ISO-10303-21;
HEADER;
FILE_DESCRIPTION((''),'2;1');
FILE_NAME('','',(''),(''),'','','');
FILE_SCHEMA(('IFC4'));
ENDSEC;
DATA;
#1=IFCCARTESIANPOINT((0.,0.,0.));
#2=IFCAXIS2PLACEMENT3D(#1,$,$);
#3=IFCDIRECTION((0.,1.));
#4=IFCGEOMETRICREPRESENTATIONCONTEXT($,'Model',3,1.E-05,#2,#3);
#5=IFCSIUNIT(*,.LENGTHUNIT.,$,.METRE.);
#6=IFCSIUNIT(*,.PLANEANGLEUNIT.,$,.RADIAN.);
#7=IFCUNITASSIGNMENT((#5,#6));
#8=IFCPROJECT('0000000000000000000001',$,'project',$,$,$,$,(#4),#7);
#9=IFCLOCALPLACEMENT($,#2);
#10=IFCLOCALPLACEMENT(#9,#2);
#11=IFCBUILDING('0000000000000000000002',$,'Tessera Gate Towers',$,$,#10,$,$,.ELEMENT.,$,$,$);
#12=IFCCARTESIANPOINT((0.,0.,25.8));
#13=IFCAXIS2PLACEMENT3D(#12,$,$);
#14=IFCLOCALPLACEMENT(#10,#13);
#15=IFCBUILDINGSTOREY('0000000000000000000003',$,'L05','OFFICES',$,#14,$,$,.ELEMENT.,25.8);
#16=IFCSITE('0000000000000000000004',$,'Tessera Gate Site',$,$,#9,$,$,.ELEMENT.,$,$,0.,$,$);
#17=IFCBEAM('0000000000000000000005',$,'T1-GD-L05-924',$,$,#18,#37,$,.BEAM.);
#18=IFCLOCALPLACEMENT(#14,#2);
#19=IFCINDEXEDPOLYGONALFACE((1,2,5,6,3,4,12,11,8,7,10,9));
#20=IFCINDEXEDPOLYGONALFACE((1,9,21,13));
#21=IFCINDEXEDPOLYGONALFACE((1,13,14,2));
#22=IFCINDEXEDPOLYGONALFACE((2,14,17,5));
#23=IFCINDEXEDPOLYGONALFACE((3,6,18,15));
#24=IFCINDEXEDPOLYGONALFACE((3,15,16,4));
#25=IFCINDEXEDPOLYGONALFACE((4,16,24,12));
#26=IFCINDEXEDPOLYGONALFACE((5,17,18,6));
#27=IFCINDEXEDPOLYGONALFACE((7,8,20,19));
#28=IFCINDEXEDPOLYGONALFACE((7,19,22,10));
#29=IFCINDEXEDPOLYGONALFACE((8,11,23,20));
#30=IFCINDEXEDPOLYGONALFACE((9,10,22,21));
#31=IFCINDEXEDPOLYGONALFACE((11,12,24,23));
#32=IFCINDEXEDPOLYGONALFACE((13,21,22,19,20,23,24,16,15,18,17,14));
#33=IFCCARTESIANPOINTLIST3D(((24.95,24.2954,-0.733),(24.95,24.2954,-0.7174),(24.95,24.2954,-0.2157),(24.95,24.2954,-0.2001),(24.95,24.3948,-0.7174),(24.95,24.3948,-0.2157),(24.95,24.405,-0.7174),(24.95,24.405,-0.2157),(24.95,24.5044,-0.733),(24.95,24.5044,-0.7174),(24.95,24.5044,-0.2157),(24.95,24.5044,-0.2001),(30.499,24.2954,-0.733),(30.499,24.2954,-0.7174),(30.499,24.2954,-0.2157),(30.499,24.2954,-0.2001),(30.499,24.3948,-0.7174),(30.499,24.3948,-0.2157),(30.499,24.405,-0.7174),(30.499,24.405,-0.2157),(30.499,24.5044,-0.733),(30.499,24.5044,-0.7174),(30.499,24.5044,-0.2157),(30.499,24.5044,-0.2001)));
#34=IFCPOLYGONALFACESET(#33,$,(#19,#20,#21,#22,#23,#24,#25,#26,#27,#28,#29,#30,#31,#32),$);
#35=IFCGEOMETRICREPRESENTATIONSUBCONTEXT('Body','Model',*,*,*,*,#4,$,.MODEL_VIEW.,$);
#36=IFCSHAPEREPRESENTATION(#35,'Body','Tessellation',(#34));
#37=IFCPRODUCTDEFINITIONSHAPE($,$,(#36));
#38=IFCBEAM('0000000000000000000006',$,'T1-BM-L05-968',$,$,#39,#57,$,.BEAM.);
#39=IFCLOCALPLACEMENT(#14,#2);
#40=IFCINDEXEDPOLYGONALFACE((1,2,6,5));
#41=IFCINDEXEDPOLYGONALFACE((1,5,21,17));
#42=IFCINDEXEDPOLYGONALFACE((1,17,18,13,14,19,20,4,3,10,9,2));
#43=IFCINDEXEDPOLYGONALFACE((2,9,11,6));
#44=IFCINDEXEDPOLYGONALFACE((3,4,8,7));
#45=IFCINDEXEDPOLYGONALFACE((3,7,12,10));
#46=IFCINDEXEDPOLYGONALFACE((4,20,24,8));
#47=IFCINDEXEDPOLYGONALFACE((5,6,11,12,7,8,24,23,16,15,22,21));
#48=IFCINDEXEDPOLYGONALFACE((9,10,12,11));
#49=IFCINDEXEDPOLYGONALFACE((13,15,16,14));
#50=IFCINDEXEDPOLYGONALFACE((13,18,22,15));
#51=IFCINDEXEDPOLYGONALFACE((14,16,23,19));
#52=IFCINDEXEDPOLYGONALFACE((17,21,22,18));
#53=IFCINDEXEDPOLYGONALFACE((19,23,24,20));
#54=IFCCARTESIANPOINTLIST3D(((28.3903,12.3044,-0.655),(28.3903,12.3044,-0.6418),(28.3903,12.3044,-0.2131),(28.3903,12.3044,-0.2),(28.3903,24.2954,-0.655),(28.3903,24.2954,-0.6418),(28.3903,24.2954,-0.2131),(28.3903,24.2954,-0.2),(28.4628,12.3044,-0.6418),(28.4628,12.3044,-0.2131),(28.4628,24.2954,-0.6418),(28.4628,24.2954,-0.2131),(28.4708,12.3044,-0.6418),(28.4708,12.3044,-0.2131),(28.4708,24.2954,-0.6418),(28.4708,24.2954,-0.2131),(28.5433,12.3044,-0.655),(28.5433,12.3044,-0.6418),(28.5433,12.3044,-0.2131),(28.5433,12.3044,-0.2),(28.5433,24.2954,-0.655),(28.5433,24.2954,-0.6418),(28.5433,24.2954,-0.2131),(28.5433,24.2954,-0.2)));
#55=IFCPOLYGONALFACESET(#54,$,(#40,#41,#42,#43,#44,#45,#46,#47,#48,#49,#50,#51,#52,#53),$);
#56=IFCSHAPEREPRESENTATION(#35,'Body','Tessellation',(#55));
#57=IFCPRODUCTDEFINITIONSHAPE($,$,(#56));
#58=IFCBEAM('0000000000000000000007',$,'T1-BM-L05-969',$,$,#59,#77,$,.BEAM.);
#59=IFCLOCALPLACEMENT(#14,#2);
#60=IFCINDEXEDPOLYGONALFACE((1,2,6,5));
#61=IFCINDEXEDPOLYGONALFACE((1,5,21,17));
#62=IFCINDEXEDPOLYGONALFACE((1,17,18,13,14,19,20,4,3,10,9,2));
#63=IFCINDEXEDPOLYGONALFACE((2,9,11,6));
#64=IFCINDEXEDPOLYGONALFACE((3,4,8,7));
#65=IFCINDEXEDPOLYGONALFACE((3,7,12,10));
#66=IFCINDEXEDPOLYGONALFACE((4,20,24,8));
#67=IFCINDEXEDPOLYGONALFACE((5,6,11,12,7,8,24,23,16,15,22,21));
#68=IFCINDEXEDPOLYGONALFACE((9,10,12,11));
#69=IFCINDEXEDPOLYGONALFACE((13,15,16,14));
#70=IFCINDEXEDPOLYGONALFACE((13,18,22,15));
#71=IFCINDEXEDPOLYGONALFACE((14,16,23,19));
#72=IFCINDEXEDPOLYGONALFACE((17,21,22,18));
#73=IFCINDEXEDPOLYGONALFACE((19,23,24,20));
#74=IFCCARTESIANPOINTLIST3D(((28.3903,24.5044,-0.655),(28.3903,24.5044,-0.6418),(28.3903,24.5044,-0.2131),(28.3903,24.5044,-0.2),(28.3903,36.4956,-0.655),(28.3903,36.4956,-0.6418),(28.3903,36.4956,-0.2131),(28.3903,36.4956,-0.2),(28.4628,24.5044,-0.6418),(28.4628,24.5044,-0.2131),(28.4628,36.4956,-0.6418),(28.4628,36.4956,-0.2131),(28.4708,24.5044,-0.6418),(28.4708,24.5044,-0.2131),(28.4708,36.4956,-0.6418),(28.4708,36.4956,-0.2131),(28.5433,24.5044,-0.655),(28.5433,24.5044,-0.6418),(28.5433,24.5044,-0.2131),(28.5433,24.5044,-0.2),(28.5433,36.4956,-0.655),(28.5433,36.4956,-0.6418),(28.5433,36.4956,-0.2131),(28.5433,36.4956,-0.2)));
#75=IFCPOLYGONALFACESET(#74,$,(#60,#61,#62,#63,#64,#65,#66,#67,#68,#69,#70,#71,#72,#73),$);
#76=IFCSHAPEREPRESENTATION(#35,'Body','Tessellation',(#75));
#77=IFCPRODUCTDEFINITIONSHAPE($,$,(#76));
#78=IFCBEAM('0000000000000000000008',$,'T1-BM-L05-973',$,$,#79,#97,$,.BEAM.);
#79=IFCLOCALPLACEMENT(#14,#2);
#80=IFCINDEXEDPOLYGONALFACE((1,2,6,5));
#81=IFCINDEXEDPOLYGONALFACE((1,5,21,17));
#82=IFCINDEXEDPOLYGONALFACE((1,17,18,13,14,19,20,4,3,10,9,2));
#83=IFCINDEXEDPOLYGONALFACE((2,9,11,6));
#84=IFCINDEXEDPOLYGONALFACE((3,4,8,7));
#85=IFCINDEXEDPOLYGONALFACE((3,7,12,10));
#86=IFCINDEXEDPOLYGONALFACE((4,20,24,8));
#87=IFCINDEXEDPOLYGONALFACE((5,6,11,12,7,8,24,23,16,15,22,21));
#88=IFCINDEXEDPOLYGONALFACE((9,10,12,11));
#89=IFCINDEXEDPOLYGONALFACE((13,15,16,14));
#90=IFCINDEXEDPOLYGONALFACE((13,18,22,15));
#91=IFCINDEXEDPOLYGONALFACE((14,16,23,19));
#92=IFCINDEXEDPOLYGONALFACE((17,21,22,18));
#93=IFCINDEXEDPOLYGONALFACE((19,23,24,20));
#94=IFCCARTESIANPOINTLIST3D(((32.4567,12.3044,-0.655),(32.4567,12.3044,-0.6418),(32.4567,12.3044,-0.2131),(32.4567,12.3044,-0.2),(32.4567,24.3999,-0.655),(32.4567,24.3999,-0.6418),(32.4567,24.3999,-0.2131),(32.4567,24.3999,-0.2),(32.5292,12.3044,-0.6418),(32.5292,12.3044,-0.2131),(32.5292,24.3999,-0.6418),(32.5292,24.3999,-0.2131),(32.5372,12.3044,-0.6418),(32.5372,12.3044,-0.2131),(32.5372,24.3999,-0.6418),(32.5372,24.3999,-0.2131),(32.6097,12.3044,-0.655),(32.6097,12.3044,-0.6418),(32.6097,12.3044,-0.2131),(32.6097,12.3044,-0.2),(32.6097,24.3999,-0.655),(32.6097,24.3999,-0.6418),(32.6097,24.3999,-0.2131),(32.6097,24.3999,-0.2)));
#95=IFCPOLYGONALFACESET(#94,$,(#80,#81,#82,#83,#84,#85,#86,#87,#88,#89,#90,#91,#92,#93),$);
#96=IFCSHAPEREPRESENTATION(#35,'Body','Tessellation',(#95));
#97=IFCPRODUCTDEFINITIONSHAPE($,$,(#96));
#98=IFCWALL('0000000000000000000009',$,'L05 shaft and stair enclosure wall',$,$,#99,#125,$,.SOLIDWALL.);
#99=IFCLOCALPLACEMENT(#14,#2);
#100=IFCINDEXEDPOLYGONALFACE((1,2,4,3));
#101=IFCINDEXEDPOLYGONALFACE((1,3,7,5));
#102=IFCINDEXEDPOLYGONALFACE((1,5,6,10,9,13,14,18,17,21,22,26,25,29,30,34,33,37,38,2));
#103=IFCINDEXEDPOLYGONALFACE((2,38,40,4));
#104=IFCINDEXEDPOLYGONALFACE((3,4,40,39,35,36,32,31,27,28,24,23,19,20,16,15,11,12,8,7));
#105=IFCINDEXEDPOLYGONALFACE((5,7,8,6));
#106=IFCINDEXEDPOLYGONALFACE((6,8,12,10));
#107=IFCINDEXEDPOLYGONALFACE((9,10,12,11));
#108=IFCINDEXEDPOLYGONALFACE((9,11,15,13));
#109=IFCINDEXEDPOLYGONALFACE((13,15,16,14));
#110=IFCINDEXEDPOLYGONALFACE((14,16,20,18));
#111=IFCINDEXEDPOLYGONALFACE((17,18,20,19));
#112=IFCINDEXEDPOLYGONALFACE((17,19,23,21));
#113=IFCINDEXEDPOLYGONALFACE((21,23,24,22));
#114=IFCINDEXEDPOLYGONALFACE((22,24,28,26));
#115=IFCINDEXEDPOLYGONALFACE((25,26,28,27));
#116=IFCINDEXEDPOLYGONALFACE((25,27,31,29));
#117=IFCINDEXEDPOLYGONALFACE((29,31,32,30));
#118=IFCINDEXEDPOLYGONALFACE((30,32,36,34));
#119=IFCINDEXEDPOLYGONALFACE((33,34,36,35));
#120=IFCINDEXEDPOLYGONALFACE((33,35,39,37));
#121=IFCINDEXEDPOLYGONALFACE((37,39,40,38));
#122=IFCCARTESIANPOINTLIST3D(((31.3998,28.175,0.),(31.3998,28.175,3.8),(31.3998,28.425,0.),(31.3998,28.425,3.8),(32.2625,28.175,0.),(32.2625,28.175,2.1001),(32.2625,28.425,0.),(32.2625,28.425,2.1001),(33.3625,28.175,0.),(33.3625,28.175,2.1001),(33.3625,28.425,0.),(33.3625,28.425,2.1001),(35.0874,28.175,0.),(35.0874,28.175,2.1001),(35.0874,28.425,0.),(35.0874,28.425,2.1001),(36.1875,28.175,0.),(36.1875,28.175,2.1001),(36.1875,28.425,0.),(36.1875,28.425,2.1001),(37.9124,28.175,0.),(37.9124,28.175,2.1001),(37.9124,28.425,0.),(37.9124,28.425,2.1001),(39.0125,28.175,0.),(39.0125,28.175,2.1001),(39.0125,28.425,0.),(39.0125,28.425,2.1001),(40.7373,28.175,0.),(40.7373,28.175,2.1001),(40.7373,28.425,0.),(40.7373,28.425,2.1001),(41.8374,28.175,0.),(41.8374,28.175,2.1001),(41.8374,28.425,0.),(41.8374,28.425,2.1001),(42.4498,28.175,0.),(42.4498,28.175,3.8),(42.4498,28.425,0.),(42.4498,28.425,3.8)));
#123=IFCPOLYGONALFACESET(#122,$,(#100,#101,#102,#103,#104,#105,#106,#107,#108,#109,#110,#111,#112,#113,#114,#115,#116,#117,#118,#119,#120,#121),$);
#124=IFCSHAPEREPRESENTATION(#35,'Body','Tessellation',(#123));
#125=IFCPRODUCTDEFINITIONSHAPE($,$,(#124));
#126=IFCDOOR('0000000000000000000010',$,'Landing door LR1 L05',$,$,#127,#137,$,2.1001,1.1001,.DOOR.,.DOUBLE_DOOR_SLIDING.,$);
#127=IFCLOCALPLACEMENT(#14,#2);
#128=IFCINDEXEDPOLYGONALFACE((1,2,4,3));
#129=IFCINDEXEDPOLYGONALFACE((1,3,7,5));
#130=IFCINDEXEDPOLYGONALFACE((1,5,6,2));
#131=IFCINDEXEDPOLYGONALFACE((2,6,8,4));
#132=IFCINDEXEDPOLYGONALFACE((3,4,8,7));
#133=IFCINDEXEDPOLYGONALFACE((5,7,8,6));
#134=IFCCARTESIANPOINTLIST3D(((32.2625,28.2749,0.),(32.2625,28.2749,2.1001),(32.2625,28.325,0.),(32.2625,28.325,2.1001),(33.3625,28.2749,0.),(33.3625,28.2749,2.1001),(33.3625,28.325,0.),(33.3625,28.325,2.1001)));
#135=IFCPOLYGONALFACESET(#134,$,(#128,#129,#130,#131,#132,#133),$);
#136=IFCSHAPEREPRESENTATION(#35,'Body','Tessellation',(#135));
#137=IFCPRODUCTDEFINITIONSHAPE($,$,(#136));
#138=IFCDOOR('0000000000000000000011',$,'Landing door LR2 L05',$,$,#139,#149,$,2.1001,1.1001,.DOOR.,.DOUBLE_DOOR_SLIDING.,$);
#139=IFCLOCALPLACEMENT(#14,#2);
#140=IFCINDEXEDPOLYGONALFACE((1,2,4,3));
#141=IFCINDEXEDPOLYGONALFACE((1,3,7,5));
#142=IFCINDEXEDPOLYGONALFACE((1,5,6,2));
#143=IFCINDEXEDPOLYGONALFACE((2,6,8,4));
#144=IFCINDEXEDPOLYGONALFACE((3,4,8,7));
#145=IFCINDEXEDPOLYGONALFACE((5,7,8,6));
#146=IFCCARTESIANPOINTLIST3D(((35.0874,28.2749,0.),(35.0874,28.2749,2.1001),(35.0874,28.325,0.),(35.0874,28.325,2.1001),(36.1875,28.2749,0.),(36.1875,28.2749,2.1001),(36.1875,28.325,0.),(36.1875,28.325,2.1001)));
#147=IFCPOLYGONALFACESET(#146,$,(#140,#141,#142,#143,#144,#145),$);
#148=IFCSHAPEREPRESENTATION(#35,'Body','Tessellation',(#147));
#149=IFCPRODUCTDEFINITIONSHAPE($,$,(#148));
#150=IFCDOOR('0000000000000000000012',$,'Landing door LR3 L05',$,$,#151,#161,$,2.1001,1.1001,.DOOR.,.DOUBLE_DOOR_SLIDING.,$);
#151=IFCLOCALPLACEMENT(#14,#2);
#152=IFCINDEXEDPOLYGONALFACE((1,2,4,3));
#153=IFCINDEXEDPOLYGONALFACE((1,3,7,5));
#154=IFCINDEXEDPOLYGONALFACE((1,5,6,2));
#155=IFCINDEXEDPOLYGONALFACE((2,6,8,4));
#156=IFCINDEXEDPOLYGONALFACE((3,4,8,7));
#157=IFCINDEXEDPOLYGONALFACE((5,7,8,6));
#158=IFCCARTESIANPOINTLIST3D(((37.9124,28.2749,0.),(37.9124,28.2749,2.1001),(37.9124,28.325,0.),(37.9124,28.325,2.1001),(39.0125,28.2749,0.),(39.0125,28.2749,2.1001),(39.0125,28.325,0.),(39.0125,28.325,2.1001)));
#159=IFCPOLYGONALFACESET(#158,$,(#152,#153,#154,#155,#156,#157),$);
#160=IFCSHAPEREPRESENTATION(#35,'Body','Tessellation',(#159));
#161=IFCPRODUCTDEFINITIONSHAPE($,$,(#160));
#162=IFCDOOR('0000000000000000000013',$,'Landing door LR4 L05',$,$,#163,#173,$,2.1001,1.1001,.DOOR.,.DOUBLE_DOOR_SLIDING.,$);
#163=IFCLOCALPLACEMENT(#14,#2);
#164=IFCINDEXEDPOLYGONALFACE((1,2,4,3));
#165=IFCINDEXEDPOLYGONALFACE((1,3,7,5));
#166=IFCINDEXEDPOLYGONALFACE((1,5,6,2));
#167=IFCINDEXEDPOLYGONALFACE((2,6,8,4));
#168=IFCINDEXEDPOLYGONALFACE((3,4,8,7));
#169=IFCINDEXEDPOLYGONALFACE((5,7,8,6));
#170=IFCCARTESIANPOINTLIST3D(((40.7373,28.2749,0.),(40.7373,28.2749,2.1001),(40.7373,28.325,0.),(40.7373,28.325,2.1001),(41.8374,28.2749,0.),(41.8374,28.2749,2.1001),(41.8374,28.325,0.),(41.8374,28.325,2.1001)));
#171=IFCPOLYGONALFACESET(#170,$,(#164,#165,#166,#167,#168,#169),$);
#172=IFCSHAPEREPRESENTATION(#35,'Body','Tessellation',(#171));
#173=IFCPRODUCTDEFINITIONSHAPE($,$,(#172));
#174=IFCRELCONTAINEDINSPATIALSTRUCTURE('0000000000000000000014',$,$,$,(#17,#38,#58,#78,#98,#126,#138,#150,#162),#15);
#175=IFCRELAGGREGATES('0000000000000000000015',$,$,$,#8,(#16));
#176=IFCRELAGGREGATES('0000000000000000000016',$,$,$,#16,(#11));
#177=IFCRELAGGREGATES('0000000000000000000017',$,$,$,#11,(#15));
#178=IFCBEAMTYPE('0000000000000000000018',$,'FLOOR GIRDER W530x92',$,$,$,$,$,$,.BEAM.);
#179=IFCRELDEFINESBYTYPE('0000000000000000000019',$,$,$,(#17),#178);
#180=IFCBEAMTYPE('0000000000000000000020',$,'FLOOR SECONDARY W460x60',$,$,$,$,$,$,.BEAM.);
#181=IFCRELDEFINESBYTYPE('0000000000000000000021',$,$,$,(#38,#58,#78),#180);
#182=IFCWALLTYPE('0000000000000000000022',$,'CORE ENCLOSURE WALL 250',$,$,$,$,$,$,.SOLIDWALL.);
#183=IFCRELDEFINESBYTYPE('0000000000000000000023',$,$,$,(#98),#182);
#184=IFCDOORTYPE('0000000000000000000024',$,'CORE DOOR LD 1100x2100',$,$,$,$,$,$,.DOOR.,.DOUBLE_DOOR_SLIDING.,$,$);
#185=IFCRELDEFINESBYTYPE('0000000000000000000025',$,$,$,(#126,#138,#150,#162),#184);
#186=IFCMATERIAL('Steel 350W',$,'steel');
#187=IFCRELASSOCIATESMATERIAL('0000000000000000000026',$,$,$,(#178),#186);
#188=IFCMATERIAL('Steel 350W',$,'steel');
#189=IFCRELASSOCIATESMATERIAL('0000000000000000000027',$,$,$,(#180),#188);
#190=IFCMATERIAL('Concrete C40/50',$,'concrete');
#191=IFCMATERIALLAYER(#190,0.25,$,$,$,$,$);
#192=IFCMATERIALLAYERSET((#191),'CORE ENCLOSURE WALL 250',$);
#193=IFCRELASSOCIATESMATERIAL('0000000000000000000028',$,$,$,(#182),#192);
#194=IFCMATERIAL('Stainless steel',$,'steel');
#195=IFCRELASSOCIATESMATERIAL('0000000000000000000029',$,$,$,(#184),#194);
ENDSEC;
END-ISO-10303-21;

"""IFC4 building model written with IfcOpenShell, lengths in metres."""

from ifc_helpers import new_model, si_unit, direction, frame, frame_2d, origin, origin_2d, place, context, subcontext, project, spatial, rectangle, i_section, extrude, source, transform, mapped, material, layer, layer_set, material_profile, profile_set, type_object, element, fill, save


model = new_model("IFC4")

# Units and contexts
model_context = context("Model", 3, precision=1e-05, world=origin(), true_north=direction((0.0, 1.0)))
body_context = subcontext(model_context, "Body", "Model", "MODEL_VIEW")
ifc_project = project(units=[si_unit("LENGTHUNIT", "METRE"), si_unit("PLANEANGLEUNIT", "RADIAN")], contexts=[model_context])

# Site, building, storey
site_placement = place(None, origin())
site = spatial("IfcSite", under=ifc_project, at=site_placement, Name="Tessera Gate Site", CompositionType="ELEMENT", RefElevation=0.0)
building_placement = place(site_placement, origin())
building = spatial("IfcBuilding", under=site, at=building_placement, Name="Tessera Gate Towers", CompositionType="ELEMENT")
storey_placement = place(building_placement, frame((0.0, 0.0, 25.8)))
storey = spatial("IfcBuildingStorey", under=building, at=storey_placement, Name="L05", Description="OFFICES", CompositionType="ELEMENT", Elevation=25.8)

# Beams
ifc_material_1 = material(Name="Steel 350W", Category="steel")
ifc_material_profile_1 = material_profile(ifc_material_1, i_section(OverallWidth=0.209, OverallDepth=0.533, WebThickness=0.0103, FlangeThickness=0.0156, at=origin_2d()), Name="W530x92")
ifc_profile_set_1 = profile_set([ifc_material_profile_1], Name="Steel 350W")
beam_type_1 = type_object("IfcBeamType", Name="FLOOR GIRDER W530x92", PredefinedType="BEAM", material=ifc_profile_set_1)
beam_1_placement = place(storey_placement, frame((24.95, 24.3999, -0.4666), z_axis=(1.0, 0.0, 0.0), x_axis=(0.0, 1.0, 0.0)))
element("IfcBeam", 1, at=beam_1_placement, inside=storey, type_object=beam_type_1, Name="T1-GD-L05-924", PredefinedType="BEAM", context=body_context, shape_type="SweptSolid", body=[
    extrude(i_section(OverallWidth=0.209, OverallDepth=0.533, WebThickness=0.0103, FlangeThickness=0.0156, at=origin_2d()), origin(), (0.0, 0.0, 1.0), 5.5491),
])
ifc_material_2 = material(Name="Steel 350W", Category="steel")
ifc_material_profile_2 = material_profile(ifc_material_2, i_section(OverallWidth=0.1531, OverallDepth=0.4551, WebThickness=0.0081, FlangeThickness=0.0132, at=origin_2d()), Name="W460x60")
ifc_profile_set_2 = profile_set([ifc_material_profile_2], Name="Steel 350W")
beam_type_2 = type_object("IfcBeamType", Name="FLOOR SECONDARY W460x60", PredefinedType="BEAM", material=ifc_profile_set_2)
beam_2_placement = place(storey_placement, frame((28.4668, 12.3044, -0.4275), z_axis=(0.0, 1.0, 0.0), x_axis=(-1.0, 0.0, 0.0)))
element("IfcBeam", 2, at=beam_2_placement, inside=storey, type_object=beam_type_2, Name="T1-BM-L05-968", PredefinedType="BEAM", context=body_context, shape_type="SweptSolid", body=[
    extrude(i_section(OverallWidth=0.1531, OverallDepth=0.4551, WebThickness=0.0081, FlangeThickness=0.0132, at=origin_2d()), origin(), (0.0, 0.0, 1.0), 11.991),
])
beam_3_placement = place(storey_placement, frame((28.4668, 24.5044, -0.4275), z_axis=(0.0, 1.0, 0.0), x_axis=(-1.0, 0.0, 0.0)))
element("IfcBeam", 3, at=beam_3_placement, inside=storey, type_object=beam_type_2, Name="T1-BM-L05-969", PredefinedType="BEAM", context=body_context, shape_type="SweptSolid", body=[
    extrude(i_section(OverallWidth=0.1531, OverallDepth=0.4551, WebThickness=0.0081, FlangeThickness=0.0132, at=origin_2d()), origin(), (0.0, 0.0, 1.0), 11.9912),
])
beam_4_placement = place(storey_placement, frame((32.5332, 12.3044, -0.4275), z_axis=(0.0, 1.0, 0.0), x_axis=(-1.0, 0.0, 0.0)))
element("IfcBeam", 4, at=beam_4_placement, inside=storey, type_object=beam_type_2, Name="T1-BM-L05-973", PredefinedType="BEAM", context=body_context, shape_type="SweptSolid", body=[
    extrude(i_section(OverallWidth=0.1531, OverallDepth=0.4551, WebThickness=0.0081, FlangeThickness=0.0132, at=origin_2d()), origin(), (0.0, 0.0, 1.0), 12.0955),
])

# Wall, openings, doors
ifc_material_3 = material(Name="Concrete C40/50", Category="concrete")
ifc_layer_1 = layer(ifc_material_3, 0.25)
ifc_layer_set_1 = layer_set([ifc_layer_1], Name="CORE ENCLOSURE WALL 250")
wall_type_1 = type_object("IfcWallType", Name="CORE ENCLOSURE WALL 250", PredefinedType="SOLIDWALL", material=ifc_layer_set_1)
wall_1_placement = place(storey_placement, frame((31.3999, 28.3, 0.0), z_axis=(0.0, 0.0, 1.0), x_axis=(1.0, 0.0, 0.0)))
wall_1 = element("IfcWall", 5, at=wall_1_placement, inside=storey, type_object=wall_type_1, Name="L05 shaft and stair enclosure wall", PredefinedType="SOLIDWALL", context=body_context, shape_type="SweptSolid", body=[
    extrude(rectangle(XDim=11.05, YDim=0.25, at=frame_2d((5.5249, 0.0))), origin(), (0.0, 0.0, 1.0), 3.8),
])
shared_shape_1 = source(origin(), body_context, "Body", "SweptSolid", [
    extrude(rectangle(XDim=1.1001, YDim=2.1001, at=frame_2d((0.55, 1.05))), frame((0.0, 0.135, 0.0), z_axis=(0.0, -1.0, 0.0), x_axis=(1.0, 0.0, 0.0)), (0.0, 0.0, 1.0), 0.27),
])
opening_1_placement = place(wall_1_placement, frame((0.8625, 0.0, 0.0)))
opening_1 = element("IfcOpeningElement", 6, at=opening_1_placement, cuts=wall_1, PredefinedType="OPENING", context=body_context, shape_type="MappedRepresentation", body=[
    mapped(shared_shape_1, transform((0.0, 0.0, 0.0), scale=1.0)),
])
opening_2_placement = place(wall_1_placement, frame((3.6875, 0.0, 0.0)))
opening_2 = element("IfcOpeningElement", 7, at=opening_2_placement, cuts=wall_1, PredefinedType="OPENING", context=body_context, shape_type="MappedRepresentation", body=[
    mapped(shared_shape_1, transform((0.0, 0.0, 0.0), scale=1.0)),
])
opening_3_placement = place(wall_1_placement, frame((6.5125, 0.0, 0.0)))
opening_3 = element("IfcOpeningElement", 8, at=opening_3_placement, cuts=wall_1, PredefinedType="OPENING", context=body_context, shape_type="MappedRepresentation", body=[
    mapped(shared_shape_1, transform((0.0, 0.0, 0.0), scale=1.0)),
])
opening_4_placement = place(wall_1_placement, frame((9.3374, 0.0, 0.0)))
opening_4 = element("IfcOpeningElement", 9, at=opening_4_placement, cuts=wall_1, PredefinedType="OPENING", context=body_context, shape_type="MappedRepresentation", body=[
    mapped(shared_shape_1, transform((0.0, 0.0, 0.0), scale=1.0)),
])
ifc_material_4 = material(Name="Stainless steel", Category="steel")
door_type_1 = type_object("IfcDoorType", Name="CORE DOOR LD 1100x2100", OperationType="DOUBLE_DOOR_SLIDING", PredefinedType="DOOR", material=ifc_material_4)
shared_shape_2 = source(origin(), body_context, "Body", "SweptSolid", [
    extrude(rectangle(XDim=1.1001, YDim=2.1001, at=frame_2d((0.55, 1.05))), frame((0.0, 0.0249, 0.0), z_axis=(0.0, -1.0, 0.0), x_axis=(1.0, 0.0, 0.0)), (0.0, 0.0, 1.0), 0.05),
])
door_1_placement = place(opening_1_placement, origin())
door_1 = element("IfcDoor", 10, at=door_1_placement, inside=storey, type_object=door_type_1, Name="Landing door LR1 L05", OperationType="DOUBLE_DOOR_SLIDING", OverallHeight=2.1001, OverallWidth=1.1001, PredefinedType="DOOR", context=body_context, shape_type="MappedRepresentation", body=[
    mapped(shared_shape_2, transform((0.0, 0.0, 0.0), scale=1.0)),
])
fill(opening_1, door_1)
door_2_placement = place(opening_2_placement, origin())
door_2 = element("IfcDoor", 11, at=door_2_placement, inside=storey, type_object=door_type_1, Name="Landing door LR2 L05", OperationType="DOUBLE_DOOR_SLIDING", OverallHeight=2.1001, OverallWidth=1.1001, PredefinedType="DOOR", context=body_context, shape_type="MappedRepresentation", body=[
    mapped(shared_shape_2, transform((0.0, 0.0, 0.0), scale=1.0)),
])
fill(opening_2, door_2)
door_3_placement = place(opening_3_placement, origin())
door_3 = element("IfcDoor", 12, at=door_3_placement, inside=storey, type_object=door_type_1, Name="Landing door LR3 L05", OperationType="DOUBLE_DOOR_SLIDING", OverallHeight=2.1001, OverallWidth=1.1001, PredefinedType="DOOR", context=body_context, shape_type="MappedRepresentation", body=[
    mapped(shared_shape_2, transform((0.0, 0.0, 0.0), scale=1.0)),
])
fill(opening_3, door_3)
door_4_placement = place(opening_4_placement, origin())
door_4 = element("IfcDoor", 13, at=door_4_placement, inside=storey, type_object=door_type_1, Name="Landing door LR4 L05", OperationType="DOUBLE_DOOR_SLIDING", OverallHeight=2.1001, OverallWidth=1.1001, PredefinedType="DOOR", context=body_context, shape_type="MappedRepresentation", body=[
    mapped(shared_shape_2, transform((0.0, 0.0, 0.0), scale=1.0)),
])
fill(opening_4, door_4)

save(model, "model.ifc")
